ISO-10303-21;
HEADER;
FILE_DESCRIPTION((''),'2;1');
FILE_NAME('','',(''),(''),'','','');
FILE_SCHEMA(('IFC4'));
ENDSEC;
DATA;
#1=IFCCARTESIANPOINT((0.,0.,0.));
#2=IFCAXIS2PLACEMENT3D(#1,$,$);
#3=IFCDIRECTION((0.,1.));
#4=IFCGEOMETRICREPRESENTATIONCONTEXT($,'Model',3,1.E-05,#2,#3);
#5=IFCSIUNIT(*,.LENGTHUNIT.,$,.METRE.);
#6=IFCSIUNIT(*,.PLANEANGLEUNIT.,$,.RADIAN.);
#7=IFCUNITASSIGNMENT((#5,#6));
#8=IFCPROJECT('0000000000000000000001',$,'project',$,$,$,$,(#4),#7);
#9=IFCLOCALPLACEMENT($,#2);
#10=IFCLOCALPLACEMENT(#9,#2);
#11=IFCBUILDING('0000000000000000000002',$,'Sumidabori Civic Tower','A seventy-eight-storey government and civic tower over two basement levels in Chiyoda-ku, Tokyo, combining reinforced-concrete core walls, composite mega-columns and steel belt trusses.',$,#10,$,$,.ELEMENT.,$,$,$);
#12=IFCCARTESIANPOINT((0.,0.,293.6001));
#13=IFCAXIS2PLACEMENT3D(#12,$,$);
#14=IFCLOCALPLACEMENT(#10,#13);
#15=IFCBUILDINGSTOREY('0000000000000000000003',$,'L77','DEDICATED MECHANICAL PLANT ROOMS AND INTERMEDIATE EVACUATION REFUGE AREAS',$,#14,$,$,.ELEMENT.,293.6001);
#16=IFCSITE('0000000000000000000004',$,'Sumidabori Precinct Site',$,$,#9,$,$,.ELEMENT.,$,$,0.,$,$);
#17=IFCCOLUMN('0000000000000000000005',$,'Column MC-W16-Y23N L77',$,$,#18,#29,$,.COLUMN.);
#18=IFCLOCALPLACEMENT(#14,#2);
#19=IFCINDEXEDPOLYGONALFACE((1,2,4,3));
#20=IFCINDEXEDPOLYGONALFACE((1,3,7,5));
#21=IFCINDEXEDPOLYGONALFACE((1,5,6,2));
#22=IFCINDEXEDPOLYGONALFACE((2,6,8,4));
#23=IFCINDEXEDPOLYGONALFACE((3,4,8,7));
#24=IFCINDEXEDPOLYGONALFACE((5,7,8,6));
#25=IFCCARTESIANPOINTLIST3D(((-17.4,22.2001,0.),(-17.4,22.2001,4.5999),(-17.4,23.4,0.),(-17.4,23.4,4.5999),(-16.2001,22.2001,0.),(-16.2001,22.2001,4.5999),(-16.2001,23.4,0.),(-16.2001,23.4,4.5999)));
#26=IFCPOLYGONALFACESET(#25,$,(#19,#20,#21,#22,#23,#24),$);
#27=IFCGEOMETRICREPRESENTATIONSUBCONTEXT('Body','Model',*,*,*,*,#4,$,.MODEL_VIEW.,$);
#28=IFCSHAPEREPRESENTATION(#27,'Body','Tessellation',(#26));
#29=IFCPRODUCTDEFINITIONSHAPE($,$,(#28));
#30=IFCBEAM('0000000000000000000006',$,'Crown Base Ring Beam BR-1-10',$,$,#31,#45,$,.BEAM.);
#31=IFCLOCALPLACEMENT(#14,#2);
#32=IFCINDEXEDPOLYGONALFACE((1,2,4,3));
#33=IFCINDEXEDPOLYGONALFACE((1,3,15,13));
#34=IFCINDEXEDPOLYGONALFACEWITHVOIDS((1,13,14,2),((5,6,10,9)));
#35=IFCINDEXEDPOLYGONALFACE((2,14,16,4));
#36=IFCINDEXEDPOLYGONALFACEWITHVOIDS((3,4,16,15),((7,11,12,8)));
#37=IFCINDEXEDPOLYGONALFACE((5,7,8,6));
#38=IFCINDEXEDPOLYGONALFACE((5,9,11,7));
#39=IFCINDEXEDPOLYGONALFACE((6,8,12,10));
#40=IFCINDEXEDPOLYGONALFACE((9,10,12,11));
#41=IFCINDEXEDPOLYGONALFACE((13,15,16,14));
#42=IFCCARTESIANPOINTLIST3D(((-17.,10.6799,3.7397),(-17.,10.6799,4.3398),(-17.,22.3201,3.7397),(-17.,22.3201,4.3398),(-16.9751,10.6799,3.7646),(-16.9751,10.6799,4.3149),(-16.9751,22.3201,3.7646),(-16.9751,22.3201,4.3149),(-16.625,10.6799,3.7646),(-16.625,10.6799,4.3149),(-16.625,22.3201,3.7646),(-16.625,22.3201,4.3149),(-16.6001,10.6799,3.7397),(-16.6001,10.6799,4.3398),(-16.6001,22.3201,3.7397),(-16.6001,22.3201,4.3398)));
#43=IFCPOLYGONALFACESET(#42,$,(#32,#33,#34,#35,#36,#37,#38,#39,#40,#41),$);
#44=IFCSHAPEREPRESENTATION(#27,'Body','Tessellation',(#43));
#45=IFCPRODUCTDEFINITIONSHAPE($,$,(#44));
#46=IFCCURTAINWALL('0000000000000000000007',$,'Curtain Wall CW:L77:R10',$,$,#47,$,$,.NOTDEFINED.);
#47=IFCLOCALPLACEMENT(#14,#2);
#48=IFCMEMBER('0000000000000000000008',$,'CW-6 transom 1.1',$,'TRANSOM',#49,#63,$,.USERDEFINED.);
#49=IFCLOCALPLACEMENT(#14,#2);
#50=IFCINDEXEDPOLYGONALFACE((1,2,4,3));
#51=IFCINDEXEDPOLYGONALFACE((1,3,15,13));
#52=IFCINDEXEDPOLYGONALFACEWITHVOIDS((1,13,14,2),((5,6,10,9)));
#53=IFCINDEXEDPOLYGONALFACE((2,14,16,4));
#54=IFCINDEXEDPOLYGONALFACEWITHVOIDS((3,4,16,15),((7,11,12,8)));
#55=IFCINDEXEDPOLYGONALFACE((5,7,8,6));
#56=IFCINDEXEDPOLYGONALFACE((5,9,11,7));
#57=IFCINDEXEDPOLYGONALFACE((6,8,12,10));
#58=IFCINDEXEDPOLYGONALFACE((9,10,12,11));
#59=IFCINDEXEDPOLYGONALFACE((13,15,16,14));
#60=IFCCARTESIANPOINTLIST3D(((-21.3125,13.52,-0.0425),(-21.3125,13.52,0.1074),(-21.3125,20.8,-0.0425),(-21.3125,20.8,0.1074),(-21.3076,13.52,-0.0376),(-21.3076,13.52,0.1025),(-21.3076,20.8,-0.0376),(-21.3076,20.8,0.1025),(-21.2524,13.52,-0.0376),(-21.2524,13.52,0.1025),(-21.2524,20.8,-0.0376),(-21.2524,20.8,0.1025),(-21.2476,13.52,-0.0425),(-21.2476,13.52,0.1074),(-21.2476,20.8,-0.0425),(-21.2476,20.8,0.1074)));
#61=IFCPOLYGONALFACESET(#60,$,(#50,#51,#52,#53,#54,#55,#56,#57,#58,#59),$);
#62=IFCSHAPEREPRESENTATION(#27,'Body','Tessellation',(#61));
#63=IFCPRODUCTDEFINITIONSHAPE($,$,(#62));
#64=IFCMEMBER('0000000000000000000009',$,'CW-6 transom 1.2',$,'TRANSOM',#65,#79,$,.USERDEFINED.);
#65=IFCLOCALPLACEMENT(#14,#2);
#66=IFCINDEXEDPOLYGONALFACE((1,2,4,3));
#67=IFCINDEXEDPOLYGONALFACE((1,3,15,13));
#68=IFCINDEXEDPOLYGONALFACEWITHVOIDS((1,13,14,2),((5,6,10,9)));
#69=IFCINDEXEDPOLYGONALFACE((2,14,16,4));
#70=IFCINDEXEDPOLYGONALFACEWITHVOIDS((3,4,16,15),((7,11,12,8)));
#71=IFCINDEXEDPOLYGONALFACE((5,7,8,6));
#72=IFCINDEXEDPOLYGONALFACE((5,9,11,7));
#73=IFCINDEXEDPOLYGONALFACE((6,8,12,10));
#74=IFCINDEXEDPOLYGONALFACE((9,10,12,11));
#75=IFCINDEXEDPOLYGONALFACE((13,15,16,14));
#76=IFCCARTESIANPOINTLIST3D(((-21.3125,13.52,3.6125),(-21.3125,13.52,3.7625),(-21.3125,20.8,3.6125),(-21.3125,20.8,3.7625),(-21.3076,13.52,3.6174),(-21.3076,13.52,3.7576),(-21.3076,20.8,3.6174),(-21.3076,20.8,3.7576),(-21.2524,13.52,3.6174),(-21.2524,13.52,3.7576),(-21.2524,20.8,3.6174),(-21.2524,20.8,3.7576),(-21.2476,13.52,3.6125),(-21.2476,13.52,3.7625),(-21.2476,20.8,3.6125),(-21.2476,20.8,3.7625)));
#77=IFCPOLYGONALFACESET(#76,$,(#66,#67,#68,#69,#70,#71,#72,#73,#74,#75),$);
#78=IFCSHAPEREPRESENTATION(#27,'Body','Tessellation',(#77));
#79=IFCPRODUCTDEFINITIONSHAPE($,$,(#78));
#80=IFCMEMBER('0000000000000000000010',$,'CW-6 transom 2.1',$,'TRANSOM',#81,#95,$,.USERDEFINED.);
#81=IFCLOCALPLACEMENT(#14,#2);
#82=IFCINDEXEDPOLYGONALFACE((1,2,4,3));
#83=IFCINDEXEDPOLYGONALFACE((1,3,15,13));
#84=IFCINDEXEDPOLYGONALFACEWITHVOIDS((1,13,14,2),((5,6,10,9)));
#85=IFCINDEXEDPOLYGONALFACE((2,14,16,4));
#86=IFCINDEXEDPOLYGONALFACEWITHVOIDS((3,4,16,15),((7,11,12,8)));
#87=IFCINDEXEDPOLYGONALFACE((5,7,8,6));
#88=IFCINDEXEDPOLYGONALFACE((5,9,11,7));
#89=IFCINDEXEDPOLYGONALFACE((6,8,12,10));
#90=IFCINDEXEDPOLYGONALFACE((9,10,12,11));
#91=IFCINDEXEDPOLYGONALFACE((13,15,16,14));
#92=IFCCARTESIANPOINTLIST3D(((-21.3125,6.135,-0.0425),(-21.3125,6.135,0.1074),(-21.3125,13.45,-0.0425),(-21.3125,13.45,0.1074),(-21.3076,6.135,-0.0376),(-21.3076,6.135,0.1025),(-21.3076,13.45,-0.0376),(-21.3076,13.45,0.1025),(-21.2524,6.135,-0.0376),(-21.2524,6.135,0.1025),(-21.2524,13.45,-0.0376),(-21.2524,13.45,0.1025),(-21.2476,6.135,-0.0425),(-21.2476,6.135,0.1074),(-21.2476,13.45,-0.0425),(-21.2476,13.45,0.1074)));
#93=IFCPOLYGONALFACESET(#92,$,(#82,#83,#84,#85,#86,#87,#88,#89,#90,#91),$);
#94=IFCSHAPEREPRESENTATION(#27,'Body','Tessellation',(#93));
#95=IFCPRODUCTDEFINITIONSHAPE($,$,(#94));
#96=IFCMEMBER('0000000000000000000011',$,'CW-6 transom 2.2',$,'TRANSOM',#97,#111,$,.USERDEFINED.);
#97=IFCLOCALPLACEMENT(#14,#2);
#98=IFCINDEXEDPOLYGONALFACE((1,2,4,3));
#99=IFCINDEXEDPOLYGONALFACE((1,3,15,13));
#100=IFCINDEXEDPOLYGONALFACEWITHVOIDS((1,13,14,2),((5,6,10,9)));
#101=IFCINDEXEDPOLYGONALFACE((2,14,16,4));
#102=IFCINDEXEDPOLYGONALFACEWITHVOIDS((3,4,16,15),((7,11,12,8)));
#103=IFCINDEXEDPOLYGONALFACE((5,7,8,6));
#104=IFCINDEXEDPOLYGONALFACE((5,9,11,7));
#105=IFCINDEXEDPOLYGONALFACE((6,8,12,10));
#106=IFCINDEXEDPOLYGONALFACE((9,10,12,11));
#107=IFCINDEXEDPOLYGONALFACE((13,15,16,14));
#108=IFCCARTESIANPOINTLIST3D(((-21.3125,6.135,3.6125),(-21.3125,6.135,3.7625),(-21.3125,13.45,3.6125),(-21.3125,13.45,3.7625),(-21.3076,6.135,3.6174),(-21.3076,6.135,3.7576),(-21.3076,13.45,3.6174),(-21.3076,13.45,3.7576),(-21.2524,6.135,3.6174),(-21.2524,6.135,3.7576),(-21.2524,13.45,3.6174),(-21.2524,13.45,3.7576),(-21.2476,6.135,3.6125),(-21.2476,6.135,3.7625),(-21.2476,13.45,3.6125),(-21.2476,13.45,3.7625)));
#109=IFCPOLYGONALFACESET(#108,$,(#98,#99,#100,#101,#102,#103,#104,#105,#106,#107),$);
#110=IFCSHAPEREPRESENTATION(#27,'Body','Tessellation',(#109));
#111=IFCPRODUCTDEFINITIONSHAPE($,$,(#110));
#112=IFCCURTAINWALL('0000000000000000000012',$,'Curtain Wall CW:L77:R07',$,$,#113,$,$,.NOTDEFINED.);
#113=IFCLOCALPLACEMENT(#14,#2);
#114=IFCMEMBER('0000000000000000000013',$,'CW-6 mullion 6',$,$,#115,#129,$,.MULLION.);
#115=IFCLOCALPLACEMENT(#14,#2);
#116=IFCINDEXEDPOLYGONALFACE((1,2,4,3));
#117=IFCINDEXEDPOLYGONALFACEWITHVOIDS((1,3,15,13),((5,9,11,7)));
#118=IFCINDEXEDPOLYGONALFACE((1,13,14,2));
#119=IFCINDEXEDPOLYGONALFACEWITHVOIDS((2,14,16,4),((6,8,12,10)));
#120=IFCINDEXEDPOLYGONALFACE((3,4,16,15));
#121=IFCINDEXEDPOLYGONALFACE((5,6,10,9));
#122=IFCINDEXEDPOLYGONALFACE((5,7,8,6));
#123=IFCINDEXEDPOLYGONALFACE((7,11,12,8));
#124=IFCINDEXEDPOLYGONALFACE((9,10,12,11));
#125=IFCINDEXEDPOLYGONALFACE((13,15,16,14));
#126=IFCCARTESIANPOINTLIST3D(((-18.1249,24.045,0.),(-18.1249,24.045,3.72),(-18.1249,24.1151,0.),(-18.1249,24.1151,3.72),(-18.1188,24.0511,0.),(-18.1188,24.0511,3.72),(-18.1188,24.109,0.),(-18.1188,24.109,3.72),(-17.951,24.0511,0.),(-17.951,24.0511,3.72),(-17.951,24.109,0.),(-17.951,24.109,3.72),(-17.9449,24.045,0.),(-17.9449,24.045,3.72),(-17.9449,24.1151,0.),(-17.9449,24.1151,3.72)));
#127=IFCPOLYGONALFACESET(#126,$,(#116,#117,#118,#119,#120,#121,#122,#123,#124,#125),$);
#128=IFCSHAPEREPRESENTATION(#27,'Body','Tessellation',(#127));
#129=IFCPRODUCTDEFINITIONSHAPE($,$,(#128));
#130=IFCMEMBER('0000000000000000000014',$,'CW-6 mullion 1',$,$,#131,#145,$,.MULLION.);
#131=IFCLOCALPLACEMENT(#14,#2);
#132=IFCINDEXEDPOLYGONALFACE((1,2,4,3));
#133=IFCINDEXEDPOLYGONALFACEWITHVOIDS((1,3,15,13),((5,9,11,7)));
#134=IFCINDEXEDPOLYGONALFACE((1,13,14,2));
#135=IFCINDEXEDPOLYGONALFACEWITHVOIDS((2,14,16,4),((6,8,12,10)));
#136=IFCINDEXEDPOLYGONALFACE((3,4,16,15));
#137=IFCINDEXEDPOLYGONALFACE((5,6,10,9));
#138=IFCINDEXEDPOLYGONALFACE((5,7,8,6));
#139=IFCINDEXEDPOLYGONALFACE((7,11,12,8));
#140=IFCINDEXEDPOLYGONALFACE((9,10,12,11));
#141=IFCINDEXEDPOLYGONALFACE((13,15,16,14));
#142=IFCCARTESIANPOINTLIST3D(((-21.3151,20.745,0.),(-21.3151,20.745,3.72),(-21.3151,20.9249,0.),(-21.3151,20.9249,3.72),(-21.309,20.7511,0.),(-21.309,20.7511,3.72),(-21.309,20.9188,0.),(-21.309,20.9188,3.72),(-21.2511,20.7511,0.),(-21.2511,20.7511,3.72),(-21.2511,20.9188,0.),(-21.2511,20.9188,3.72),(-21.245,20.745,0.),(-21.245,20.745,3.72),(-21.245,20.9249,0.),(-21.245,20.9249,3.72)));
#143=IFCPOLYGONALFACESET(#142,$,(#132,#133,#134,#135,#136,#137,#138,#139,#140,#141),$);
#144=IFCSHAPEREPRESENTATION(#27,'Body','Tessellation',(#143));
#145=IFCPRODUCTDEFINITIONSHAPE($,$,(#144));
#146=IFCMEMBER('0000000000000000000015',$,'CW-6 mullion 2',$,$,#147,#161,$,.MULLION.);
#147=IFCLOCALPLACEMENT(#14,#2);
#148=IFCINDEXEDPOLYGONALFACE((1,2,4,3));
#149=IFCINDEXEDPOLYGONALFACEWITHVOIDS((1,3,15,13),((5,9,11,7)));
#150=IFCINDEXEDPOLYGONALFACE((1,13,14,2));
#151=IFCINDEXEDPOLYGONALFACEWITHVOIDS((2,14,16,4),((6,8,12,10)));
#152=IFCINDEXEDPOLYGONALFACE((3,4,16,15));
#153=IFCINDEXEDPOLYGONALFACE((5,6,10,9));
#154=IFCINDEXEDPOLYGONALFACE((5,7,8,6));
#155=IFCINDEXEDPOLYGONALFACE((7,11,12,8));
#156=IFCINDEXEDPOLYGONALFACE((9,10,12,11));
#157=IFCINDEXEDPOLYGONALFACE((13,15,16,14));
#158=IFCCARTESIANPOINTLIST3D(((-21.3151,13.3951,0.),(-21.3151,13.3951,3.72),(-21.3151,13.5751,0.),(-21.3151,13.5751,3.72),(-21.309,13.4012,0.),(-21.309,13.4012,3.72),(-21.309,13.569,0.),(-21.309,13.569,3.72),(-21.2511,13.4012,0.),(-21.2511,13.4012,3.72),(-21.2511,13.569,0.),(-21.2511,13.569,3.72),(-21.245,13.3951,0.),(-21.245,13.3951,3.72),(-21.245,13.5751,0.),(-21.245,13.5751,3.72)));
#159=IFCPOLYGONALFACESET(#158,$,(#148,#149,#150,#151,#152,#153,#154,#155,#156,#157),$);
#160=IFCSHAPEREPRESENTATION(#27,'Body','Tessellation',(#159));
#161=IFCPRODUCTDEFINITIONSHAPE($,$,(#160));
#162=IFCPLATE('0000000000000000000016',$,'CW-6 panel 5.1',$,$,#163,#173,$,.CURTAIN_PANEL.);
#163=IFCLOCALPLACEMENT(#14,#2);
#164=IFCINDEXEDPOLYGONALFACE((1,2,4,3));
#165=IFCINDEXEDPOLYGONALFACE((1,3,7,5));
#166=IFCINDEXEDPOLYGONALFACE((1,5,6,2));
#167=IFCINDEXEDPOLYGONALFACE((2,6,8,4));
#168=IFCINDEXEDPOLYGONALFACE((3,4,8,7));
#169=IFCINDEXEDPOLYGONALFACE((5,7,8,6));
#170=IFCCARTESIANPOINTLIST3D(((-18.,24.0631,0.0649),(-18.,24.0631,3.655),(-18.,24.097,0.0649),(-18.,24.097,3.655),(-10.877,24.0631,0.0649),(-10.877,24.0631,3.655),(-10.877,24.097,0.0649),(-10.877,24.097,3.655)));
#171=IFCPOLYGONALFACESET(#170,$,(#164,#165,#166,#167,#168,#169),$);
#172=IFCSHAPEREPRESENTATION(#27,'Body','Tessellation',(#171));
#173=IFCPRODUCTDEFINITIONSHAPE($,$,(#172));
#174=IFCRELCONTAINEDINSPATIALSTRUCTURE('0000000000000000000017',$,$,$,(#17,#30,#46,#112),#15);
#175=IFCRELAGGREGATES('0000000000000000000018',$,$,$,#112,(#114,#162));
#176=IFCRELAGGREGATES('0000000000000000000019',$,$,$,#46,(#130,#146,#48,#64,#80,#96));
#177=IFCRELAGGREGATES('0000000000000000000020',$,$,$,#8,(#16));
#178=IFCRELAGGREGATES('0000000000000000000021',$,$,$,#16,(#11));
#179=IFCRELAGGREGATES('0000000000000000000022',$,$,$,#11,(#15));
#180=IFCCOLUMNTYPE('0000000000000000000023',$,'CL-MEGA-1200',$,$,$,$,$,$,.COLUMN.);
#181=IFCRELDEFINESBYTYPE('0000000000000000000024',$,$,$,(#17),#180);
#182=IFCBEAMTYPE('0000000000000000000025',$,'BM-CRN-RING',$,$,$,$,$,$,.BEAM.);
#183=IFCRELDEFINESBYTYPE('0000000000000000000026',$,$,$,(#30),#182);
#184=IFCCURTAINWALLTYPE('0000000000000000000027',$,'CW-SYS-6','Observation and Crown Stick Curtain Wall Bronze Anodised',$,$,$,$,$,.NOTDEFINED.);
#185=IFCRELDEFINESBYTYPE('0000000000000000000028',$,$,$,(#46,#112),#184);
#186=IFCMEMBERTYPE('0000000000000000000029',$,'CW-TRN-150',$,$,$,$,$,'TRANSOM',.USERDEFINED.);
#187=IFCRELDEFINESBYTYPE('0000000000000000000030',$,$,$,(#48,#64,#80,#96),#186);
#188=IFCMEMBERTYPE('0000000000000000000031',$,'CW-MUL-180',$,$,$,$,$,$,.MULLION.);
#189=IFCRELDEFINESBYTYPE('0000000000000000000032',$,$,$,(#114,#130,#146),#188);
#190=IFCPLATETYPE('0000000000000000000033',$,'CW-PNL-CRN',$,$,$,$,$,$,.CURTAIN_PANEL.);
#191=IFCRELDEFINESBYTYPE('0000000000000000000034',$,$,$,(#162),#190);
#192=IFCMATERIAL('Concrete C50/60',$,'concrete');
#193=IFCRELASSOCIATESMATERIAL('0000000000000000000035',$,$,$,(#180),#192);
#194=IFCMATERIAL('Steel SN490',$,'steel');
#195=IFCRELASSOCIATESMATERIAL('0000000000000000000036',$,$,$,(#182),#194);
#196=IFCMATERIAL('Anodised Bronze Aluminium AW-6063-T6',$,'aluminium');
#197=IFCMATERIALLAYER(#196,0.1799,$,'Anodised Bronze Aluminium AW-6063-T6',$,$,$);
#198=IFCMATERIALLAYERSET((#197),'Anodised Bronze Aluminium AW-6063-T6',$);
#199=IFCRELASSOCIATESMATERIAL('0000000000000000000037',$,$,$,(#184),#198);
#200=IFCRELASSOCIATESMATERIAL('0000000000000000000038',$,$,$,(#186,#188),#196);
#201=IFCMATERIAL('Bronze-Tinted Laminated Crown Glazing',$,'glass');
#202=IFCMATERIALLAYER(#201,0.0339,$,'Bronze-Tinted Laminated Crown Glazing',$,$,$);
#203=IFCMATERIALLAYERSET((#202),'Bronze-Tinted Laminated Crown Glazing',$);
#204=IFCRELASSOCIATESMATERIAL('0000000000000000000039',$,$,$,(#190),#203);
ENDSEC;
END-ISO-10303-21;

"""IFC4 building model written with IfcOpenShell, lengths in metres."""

from ifc_helpers import new_model, si_unit, direction, frame, origin, origin_2d, place, context, subcontext, project, spatial, rectangle, hollow_rectangle, extrude, source, transform, mapped, material, layer, layer_set, material_profile, profile_set, type_object, element, aggregate, save


model = new_model("IFC4")

# Units and contexts
model_context = context("Model", 3, precision=1e-05, world=origin(), true_north=direction((0.0, 1.0)))
body_context = subcontext(model_context, "Body", "Model", "MODEL_VIEW")
ifc_project = project(units=[si_unit("LENGTHUNIT", "METRE"), si_unit("PLANEANGLEUNIT", "RADIAN")], contexts=[model_context])

# Site, building, storey
site_placement = place(None, origin())
site = spatial("IfcSite", under=ifc_project, at=site_placement, Name="Sumidabori Precinct Site", CompositionType="ELEMENT", RefElevation=0.0)
building_placement = place(site_placement, origin())
building = spatial("IfcBuilding", under=site, at=building_placement, Name="Sumidabori Civic Tower", Description="A seventy-eight-storey government and civic tower over two basement levels in Chiyoda-ku, Tokyo, combining reinforced-concrete core walls, composite mega-columns and steel belt trusses.", CompositionType="ELEMENT")
storey_placement = place(building_placement, frame((0.0, 0.0, 293.6001)))
storey = spatial("IfcBuildingStorey", under=building, at=storey_placement, Name="L77", Description="DEDICATED MECHANICAL PLANT ROOMS AND INTERMEDIATE EVACUATION REFUGE AREAS", CompositionType="ELEMENT", Elevation=293.6001)

# Column
ifc_material_1 = material(Name="Concrete C50/60", Category="concrete")
ifc_material_profile_1 = material_profile(ifc_material_1, rectangle(XDim=1.2, YDim=1.2, at=origin_2d()), Name="RC 1200x1200")
ifc_profile_set_1 = profile_set([ifc_material_profile_1], Name="Concrete C50/60")
column_type = type_object("IfcColumnType", Name="CL-MEGA-1200", PredefinedType="COLUMN", material=ifc_profile_set_1)
shared_shape_1 = source(origin(), body_context, "Body", "SweptSolid", [
    extrude(rectangle(XDim=1.2, YDim=1.2, at=origin_2d()), origin(), (0.0, 0.0, 1.0), 4.5999),
])
column_placement = place(storey_placement, frame((-16.8, 22.8, 0.0), z_axis=(0.0, 0.0, 1.0), x_axis=(1.0, 0.0, 0.0)))
element("IfcColumn", 1, at=column_placement, inside=storey, type_object=column_type, Name="Column MC-W16-Y23N L77", PredefinedType="COLUMN", context=body_context, shape_type="MappedRepresentation", body=[
    mapped(shared_shape_1, transform((0.0, 0.0, 0.0), x_axis=(1.0, 0.0, 0.0), y_axis=(0.0, 1.0, 0.0), z_axis=(0.0, 0.0, 1.0), scale=1.0)),
])

# Beam
ifc_material_2 = material(Name="Steel SN490", Category="steel")
ifc_material_profile_2 = material_profile(ifc_material_2, hollow_rectangle(XDim=0.3999, YDim=0.6001, WallThickness=0.0249, at=origin_2d()), Name="RHS 600x400x25")
ifc_profile_set_2 = profile_set([ifc_material_profile_2], Name="Steel SN490")
beam_type = type_object("IfcBeamType", Name="BM-CRN-RING", PredefinedType="BEAM", material=ifc_profile_set_2)
shared_shape_2 = source(origin(), body_context, "Body", "SweptSolid", [
    extrude(hollow_rectangle(XDim=0.3999, YDim=0.6001, WallThickness=0.0249, at=origin_2d()), origin(), (0.0, 0.0, 1.0), 11.6401),
])
beam_placement = place(storey_placement, frame((-16.8, 10.6799, 4.0398), z_axis=(0.0, 1.0, 0.0), x_axis=(-1.0, 0.0, 0.0)))
element("IfcBeam", 2, at=beam_placement, inside=storey, type_object=beam_type, Name="Crown Base Ring Beam BR-1-10", PredefinedType="BEAM", context=body_context, shape_type="MappedRepresentation", body=[
    mapped(shared_shape_2, transform((0.0, 0.0, 0.0), x_axis=(1.0, 0.0, 0.0), y_axis=(0.0, 1.0, 0.0), z_axis=(0.0, 0.0, 1.0), scale=1.0)),
])

# Curtain wall, members
ifc_material_3 = material(Name="Anodised Bronze Aluminium AW-6063-T6", Category="aluminium")
ifc_layer_1 = layer(ifc_material_3, 0.1799, Name="Anodised Bronze Aluminium AW-6063-T6")
ifc_layer_set_1 = layer_set([ifc_layer_1], Name="Anodised Bronze Aluminium AW-6063-T6")
curtain_wall_type = type_object("IfcCurtainWallType", Name="CW-SYS-6", Description="Observation and Crown Stick Curtain Wall Bronze Anodised", PredefinedType="NOTDEFINED", material=ifc_layer_set_1)
curtain_wall_1_placement = place(storey_placement, origin())
curtain_wall_1 = element("IfcCurtainWall", 3, at=curtain_wall_1_placement, inside=storey, type_object=curtain_wall_type, Name="Curtain Wall CW:L77:R10", PredefinedType="NOTDEFINED")
ifc_material_profile_3 = material_profile(ifc_material_3, hollow_rectangle(XDim=0.0649, YDim=0.1499, WallThickness=0.0049, at=origin_2d()), Name="ALU TRANSOM 150x65")
ifc_profile_set_3 = profile_set([ifc_material_profile_3], Name="Anodised Bronze Aluminium AW-6063-T6")
member_type_1 = type_object("IfcMemberType", Name="CW-TRN-150", ElementType="TRANSOM", PredefinedType="USERDEFINED", material=ifc_profile_set_3)
shared_shape_3 = source(origin(), body_context, "Body", "SweptSolid", [
    extrude(hollow_rectangle(XDim=0.0649, YDim=0.1499, WallThickness=0.0049, at=origin_2d()), origin(), (0.0, 0.0, 1.0), 7.28),
])
member_1_placement = place(storey_placement, frame((-21.28, 20.8, 0.0325), z_axis=(0.0, -1.0, 0.0), x_axis=(1.0, 0.0, 0.0)))
member_1 = element("IfcMember", 4, at=member_1_placement, type_object=member_type_1, Name="CW-6 transom 1.1", ObjectType="TRANSOM", PredefinedType="USERDEFINED", context=body_context, shape_type="MappedRepresentation", body=[
    mapped(shared_shape_3, transform((0.0, 0.0, 0.0), x_axis=(1.0, 0.0, 0.0), y_axis=(0.0, 1.0, 0.0), z_axis=(0.0, 0.0, 1.0), scale=1.0)),
])
member_2_placement = place(storey_placement, frame((-21.28, 20.8, 3.6875), z_axis=(0.0, -1.0, 0.0), x_axis=(1.0, 0.0, 0.0)))
member_2 = element("IfcMember", 5, at=member_2_placement, type_object=member_type_1, Name="CW-6 transom 1.2", ObjectType="TRANSOM", PredefinedType="USERDEFINED", context=body_context, shape_type="MappedRepresentation", body=[
    mapped(shared_shape_3, transform((0.0, 0.0, 0.0), x_axis=(1.0, 0.0, 0.0), y_axis=(0.0, 1.0, 0.0), z_axis=(0.0, 0.0, 1.0), scale=1.0)),
])
shared_shape_4 = source(origin(), body_context, "Body", "SweptSolid", [
    extrude(hollow_rectangle(XDim=0.0649, YDim=0.1499, WallThickness=0.0049, at=origin_2d()), origin(), (0.0, 0.0, 1.0), 7.3149),
])
member_3_placement = place(storey_placement, frame((-21.28, 13.45, 0.0325), z_axis=(0.0, -1.0, 0.0), x_axis=(1.0, 0.0, 0.0)))
member_3 = element("IfcMember", 6, at=member_3_placement, type_object=member_type_1, Name="CW-6 transom 2.1", ObjectType="TRANSOM", PredefinedType="USERDEFINED", context=body_context, shape_type="MappedRepresentation", body=[
    mapped(shared_shape_4, transform((0.0, 0.0, 0.0), x_axis=(1.0, 0.0, 0.0), y_axis=(0.0, 1.0, 0.0), z_axis=(0.0, 0.0, 1.0), scale=1.0)),
])
member_4_placement = place(storey_placement, frame((-21.28, 13.45, 3.6875), z_axis=(0.0, -1.0, 0.0), x_axis=(1.0, 0.0, 0.0)))
member_4 = element("IfcMember", 7, at=member_4_placement, type_object=member_type_1, Name="CW-6 transom 2.2", ObjectType="TRANSOM", PredefinedType="USERDEFINED", context=body_context, shape_type="MappedRepresentation", body=[
    mapped(shared_shape_4, transform((0.0, 0.0, 0.0), x_axis=(1.0, 0.0, 0.0), y_axis=(0.0, 1.0, 0.0), z_axis=(0.0, 0.0, 1.0), scale=1.0)),
])

# Curtain wall, member
curtain_wall_2_placement = place(storey_placement, origin())
curtain_wall_2 = element("IfcCurtainWall", 8, at=curtain_wall_2_placement, inside=storey, type_object=curtain_wall_type, Name="Curtain Wall CW:L77:R07", PredefinedType="NOTDEFINED")
ifc_material_profile_4 = material_profile(ifc_material_3, hollow_rectangle(XDim=0.0701, YDim=0.1799, WallThickness=0.0061, at=origin_2d()), Name="ALU MULLION 180x70")
ifc_profile_set_4 = profile_set([ifc_material_profile_4], Name="Anodised Bronze Aluminium AW-6063-T6")
member_type_2 = type_object("IfcMemberType", Name="CW-MUL-180", PredefinedType="MULLION", material=ifc_profile_set_4)
shared_shape_5 = source(origin(), body_context, "Body", "SweptSolid", [
    extrude(hollow_rectangle(XDim=0.0701, YDim=0.1799, WallThickness=0.0061, at=origin_2d()), origin(), (0.0, 0.0, 1.0), 3.72),
])
member_5_placement = place(storey_placement, frame((-18.0349, 24.0801, 0.0), z_axis=(0.0, 0.0, 1.0), x_axis=(0.0, -1.0, 0.0)))
member_5 = element("IfcMember", 9, at=member_5_placement, type_object=member_type_2, Name="CW-6 mullion 6", PredefinedType="MULLION", context=body_context, shape_type="MappedRepresentation", body=[
    mapped(shared_shape_5, transform((0.0, 0.0, 0.0), x_axis=(1.0, 0.0, 0.0), y_axis=(0.0, 1.0, 0.0), z_axis=(0.0, 0.0, 1.0), scale=1.0)),
])

# Members
member_6_placement = place(storey_placement, frame((-21.28, 20.835, 0.0), z_axis=(0.0, 0.0, 1.0), x_axis=(1.0, 0.0, 0.0)))
member_6 = element("IfcMember", 10, at=member_6_placement, type_object=member_type_2, Name="CW-6 mullion 1", PredefinedType="MULLION", context=body_context, shape_type="MappedRepresentation", body=[
    mapped(shared_shape_5, transform((0.0, 0.0, 0.0), x_axis=(1.0, 0.0, 0.0), y_axis=(0.0, 1.0, 0.0), z_axis=(0.0, 0.0, 1.0), scale=1.0)),
])
member_7_placement = place(storey_placement, frame((-21.28, 13.4851, 0.0), z_axis=(0.0, 0.0, 1.0), x_axis=(1.0, 0.0, 0.0)))
member_7 = element("IfcMember", 11, at=member_7_placement, type_object=member_type_2, Name="CW-6 mullion 2", PredefinedType="MULLION", context=body_context, shape_type="MappedRepresentation", body=[
    mapped(shared_shape_5, transform((0.0, 0.0, 0.0), x_axis=(1.0, 0.0, 0.0), y_axis=(0.0, 1.0, 0.0), z_axis=(0.0, 0.0, 1.0), scale=1.0)),
])

# Plate
ifc_material_4 = material(Name="Bronze-Tinted Laminated Crown Glazing", Category="glass")
ifc_layer_2 = layer(ifc_material_4, 0.0339, Name="Bronze-Tinted Laminated Crown Glazing")
ifc_layer_set_2 = layer_set([ifc_layer_2], Name="Bronze-Tinted Laminated Crown Glazing")
plate_type = type_object("IfcPlateType", Name="CW-PNL-CRN", PredefinedType="CURTAIN_PANEL", material=ifc_layer_set_2)
shared_shape_6 = source(origin(), body_context, "Body", "SweptSolid", [
    extrude(rectangle(XDim=7.123, YDim=0.0339, at=origin_2d()), origin(), (0.0, 0.0, 1.0), 3.5901),
])
plate_1_placement = place(storey_placement, frame((-14.4385, 24.0801, 0.0649), z_axis=(0.0, 0.0, 1.0), x_axis=(-1.0, 0.0, 0.0)))
plate_1 = element("IfcPlate", 12, at=plate_1_placement, type_object=plate_type, Name="CW-6 panel 5.1", PredefinedType="CURTAIN_PANEL", context=body_context, shape_type="MappedRepresentation", body=[
    mapped(shared_shape_6, transform((0.0, 0.0, 0.0), x_axis=(1.0, 0.0, 0.0), y_axis=(0.0, 1.0, 0.0), z_axis=(0.0, 0.0, 1.0), scale=1.0)),
])
aggregate(curtain_wall_2, [member_5, plate_1])
aggregate(curtain_wall_1, [member_6, member_7, member_1, member_2, member_3, member_4])

save(model, "model.ifc")
